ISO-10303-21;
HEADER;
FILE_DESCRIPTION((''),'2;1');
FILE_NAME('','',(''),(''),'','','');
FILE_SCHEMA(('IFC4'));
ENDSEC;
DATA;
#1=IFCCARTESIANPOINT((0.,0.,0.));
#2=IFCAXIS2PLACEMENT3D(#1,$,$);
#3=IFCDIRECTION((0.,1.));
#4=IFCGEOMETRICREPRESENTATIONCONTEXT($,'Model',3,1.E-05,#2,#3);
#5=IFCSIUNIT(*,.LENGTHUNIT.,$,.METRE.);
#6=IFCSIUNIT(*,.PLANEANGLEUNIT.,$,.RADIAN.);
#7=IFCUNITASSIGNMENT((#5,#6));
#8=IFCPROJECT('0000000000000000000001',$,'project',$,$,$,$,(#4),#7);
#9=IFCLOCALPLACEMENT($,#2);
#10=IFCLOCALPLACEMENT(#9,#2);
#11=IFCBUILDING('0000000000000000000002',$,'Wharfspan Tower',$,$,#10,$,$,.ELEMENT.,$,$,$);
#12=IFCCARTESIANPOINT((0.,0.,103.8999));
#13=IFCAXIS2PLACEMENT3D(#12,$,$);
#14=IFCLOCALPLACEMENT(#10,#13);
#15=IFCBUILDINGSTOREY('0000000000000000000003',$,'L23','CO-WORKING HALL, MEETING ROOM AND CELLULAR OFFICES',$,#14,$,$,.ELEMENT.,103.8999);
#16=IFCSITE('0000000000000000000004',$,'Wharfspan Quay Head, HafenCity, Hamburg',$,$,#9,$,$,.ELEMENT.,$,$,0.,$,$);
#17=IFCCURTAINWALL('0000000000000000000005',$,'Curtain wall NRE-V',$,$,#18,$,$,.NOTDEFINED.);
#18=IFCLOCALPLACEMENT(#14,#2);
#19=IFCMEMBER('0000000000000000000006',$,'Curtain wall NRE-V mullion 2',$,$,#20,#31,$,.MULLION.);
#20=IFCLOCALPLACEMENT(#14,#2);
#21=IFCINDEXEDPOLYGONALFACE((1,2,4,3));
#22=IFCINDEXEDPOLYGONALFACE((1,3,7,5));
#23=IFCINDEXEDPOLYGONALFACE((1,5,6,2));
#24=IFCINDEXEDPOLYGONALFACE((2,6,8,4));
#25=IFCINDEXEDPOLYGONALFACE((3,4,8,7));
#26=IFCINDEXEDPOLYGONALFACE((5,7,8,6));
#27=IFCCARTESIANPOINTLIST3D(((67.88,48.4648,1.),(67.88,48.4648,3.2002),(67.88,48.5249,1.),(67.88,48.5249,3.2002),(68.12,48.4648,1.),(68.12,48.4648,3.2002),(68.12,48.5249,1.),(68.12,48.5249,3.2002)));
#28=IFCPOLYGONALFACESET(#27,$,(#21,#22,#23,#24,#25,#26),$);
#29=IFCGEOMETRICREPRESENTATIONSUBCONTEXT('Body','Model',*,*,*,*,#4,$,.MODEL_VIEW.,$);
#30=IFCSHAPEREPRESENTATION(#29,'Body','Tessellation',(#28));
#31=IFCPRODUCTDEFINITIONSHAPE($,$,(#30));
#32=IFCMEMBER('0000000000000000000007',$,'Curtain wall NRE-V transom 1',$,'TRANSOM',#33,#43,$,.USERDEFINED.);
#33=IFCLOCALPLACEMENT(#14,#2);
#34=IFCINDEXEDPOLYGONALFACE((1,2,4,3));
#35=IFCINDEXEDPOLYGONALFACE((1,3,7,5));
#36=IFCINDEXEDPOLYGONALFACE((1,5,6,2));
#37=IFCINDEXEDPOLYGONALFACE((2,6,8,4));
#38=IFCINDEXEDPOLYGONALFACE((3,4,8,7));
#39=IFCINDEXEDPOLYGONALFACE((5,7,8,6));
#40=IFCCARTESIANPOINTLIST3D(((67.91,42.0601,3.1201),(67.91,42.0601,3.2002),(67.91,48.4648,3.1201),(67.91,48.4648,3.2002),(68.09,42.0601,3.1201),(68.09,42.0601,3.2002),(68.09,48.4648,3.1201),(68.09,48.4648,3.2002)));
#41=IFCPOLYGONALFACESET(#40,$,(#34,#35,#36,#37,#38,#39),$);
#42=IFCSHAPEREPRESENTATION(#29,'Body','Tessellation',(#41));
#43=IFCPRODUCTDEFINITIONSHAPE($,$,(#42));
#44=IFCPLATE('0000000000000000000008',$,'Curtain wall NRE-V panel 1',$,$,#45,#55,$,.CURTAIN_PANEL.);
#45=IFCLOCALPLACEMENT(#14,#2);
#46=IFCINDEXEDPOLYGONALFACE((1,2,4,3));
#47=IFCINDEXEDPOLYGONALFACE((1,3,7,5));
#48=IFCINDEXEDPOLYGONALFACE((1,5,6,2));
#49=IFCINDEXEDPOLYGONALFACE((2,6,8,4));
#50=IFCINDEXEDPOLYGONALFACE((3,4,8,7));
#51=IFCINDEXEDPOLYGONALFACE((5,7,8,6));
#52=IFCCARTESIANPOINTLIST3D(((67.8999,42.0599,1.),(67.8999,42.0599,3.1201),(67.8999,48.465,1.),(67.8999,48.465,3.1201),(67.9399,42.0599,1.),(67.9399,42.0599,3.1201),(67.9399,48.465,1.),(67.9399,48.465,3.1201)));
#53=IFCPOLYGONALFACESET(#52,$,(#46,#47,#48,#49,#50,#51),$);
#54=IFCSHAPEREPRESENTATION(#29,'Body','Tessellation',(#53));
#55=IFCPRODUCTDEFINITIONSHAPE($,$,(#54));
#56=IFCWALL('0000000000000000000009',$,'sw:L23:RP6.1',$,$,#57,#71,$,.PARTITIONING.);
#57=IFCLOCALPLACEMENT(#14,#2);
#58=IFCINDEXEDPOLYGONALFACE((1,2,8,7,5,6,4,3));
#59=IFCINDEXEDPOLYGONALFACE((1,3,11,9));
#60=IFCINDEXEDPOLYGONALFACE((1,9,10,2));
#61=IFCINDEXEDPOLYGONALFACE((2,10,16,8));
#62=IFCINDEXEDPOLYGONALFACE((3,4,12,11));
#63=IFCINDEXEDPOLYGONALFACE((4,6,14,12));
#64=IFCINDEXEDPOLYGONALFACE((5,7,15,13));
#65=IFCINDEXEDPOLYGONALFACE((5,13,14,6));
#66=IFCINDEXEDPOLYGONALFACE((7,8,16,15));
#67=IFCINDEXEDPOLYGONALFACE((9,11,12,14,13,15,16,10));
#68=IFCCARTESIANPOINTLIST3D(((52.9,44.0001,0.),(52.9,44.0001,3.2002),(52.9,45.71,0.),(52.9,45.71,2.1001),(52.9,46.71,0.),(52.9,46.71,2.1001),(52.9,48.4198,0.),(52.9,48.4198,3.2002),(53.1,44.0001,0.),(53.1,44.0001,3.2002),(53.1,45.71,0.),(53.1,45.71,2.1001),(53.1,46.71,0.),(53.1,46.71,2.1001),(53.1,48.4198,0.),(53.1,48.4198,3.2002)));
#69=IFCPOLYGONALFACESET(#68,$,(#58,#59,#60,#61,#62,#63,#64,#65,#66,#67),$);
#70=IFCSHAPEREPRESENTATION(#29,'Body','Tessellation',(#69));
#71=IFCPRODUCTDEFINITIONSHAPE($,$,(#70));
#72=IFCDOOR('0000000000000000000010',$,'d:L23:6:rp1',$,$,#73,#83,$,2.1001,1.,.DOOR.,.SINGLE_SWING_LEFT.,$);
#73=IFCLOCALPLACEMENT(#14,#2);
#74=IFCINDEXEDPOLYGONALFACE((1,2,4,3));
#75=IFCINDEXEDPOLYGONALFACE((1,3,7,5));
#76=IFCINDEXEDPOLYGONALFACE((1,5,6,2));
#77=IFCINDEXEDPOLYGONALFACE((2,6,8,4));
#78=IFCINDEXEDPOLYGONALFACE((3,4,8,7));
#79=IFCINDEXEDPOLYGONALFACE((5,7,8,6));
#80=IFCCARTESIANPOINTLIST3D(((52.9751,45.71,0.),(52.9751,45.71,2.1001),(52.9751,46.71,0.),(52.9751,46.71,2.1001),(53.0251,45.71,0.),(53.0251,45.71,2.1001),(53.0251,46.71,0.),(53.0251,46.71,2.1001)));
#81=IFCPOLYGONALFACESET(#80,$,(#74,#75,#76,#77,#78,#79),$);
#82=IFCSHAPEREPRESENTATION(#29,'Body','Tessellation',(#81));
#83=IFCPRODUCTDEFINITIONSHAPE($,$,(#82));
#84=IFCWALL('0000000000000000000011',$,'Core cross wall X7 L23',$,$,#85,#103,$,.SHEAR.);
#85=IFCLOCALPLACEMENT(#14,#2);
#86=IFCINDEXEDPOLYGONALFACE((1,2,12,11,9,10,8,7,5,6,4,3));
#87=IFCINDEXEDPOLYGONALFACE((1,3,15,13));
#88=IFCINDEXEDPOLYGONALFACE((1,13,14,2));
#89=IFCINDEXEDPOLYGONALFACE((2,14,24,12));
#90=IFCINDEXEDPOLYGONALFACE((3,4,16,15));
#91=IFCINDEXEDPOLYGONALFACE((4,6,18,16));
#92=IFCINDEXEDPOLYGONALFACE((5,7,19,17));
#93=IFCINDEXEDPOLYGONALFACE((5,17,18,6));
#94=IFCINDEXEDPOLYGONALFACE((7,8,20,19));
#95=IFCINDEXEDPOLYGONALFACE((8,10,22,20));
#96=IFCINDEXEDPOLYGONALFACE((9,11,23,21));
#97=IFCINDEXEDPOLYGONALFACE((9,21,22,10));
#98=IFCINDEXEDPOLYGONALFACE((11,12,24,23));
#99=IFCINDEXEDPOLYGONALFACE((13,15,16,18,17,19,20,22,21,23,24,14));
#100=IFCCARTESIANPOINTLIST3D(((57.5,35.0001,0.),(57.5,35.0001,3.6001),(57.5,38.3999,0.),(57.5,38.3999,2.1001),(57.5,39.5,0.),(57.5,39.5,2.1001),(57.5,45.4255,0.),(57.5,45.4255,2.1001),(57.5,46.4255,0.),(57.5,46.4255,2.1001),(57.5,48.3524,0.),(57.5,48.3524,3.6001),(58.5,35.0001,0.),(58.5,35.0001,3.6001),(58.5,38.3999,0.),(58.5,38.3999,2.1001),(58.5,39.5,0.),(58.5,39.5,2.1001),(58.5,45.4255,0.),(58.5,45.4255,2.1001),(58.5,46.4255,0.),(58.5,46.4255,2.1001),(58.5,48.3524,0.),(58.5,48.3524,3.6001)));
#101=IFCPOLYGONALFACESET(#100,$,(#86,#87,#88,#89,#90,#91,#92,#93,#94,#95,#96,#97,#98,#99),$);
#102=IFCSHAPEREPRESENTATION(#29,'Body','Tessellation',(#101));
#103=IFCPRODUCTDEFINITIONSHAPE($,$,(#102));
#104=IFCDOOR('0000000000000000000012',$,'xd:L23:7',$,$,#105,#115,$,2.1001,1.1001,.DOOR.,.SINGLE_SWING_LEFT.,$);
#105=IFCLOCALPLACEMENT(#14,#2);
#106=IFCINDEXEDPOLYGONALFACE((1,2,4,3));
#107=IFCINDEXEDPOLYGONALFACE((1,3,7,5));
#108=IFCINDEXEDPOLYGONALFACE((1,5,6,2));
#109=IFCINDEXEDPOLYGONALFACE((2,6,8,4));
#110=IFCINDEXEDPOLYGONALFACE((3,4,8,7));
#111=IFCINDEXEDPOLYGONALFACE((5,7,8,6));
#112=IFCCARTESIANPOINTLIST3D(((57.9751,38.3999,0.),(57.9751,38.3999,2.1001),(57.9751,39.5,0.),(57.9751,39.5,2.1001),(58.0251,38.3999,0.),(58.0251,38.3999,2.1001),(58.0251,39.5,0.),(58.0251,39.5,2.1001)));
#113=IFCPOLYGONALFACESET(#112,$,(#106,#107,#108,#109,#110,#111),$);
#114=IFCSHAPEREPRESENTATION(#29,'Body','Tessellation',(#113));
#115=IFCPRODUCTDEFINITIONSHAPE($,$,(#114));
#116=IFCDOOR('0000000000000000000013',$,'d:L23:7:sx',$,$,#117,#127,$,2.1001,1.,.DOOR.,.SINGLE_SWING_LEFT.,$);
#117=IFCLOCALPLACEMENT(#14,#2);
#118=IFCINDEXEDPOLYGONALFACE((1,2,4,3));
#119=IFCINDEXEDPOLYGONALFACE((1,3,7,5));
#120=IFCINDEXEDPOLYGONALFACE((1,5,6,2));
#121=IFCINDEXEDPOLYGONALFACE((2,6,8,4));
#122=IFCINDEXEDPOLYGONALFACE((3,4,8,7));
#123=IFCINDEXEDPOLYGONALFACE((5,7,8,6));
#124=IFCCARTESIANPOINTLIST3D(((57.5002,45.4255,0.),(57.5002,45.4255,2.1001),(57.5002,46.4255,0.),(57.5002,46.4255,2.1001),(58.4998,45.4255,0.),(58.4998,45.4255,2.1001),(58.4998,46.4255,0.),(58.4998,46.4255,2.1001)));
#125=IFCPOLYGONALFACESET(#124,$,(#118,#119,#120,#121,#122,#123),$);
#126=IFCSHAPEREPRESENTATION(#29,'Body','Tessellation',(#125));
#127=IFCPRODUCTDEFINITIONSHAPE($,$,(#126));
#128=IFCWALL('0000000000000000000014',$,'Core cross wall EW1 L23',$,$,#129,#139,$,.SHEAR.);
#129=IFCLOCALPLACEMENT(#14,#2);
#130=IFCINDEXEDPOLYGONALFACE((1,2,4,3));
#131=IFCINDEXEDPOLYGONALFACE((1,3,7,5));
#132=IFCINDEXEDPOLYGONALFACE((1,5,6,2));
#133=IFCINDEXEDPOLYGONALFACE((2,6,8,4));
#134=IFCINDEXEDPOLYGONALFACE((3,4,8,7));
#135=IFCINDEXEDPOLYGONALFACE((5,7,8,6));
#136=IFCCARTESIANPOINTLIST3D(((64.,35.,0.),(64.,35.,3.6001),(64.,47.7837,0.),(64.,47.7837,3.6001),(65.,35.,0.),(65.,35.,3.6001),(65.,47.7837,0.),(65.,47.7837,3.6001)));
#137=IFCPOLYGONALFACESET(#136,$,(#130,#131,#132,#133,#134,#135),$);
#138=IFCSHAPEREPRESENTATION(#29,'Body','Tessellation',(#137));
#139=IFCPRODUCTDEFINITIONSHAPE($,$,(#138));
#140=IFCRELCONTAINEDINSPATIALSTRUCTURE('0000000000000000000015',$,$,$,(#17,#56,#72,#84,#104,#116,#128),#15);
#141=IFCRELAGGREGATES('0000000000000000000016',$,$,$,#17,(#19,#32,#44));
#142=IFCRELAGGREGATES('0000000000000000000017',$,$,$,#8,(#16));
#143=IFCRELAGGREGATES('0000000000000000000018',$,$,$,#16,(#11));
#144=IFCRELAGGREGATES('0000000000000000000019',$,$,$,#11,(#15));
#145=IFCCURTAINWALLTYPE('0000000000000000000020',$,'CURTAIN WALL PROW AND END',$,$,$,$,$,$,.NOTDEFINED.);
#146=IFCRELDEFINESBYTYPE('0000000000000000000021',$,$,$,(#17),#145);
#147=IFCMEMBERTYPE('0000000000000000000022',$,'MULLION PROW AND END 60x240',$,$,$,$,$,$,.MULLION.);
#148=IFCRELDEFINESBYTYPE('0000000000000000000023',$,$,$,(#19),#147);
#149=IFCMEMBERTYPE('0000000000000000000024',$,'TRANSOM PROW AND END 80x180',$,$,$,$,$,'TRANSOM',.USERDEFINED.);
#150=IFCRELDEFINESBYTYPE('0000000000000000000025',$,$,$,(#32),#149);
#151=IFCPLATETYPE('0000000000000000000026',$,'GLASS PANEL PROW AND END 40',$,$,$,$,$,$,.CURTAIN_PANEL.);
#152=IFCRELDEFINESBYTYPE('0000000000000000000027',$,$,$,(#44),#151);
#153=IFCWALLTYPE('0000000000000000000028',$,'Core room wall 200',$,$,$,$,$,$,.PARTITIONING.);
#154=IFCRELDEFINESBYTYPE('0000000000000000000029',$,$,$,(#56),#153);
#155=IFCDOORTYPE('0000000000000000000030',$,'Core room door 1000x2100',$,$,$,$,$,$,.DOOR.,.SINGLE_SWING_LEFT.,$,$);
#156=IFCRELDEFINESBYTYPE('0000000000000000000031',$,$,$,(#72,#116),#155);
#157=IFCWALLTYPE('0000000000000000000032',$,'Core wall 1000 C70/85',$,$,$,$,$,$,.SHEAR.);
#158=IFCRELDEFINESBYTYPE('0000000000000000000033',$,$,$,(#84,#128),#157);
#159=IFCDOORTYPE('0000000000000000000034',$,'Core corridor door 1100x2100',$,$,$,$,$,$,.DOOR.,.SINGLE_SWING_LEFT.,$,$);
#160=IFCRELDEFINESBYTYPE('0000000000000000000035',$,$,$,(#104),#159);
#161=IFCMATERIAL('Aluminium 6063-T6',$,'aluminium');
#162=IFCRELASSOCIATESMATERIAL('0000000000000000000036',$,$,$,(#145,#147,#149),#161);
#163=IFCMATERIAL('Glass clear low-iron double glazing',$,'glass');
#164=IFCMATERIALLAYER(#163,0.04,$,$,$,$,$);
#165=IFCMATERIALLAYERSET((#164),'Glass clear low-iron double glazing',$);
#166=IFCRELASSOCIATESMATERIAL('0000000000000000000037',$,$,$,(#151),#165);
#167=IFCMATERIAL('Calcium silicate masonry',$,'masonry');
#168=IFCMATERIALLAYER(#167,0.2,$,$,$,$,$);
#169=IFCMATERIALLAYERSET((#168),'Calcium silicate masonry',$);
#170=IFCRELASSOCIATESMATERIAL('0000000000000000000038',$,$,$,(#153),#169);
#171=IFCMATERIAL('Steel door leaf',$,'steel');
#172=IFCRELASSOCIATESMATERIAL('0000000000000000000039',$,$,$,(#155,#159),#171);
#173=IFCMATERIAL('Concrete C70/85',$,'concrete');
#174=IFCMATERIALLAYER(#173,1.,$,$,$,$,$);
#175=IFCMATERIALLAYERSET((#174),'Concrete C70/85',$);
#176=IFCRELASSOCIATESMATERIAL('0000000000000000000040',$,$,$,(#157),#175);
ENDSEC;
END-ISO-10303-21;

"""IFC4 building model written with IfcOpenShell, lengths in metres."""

from ifc_helpers import new_model, si_unit, direction, frame, frame_2d, origin, origin_2d, place, context, subcontext, project, spatial, rectangle, extrude, material, layer, layer_set, material_profile, profile_set, type_object, element, fill, aggregate, save


model = new_model("IFC4")

# Units and contexts
model_context = context("Model", 3, precision=1e-05, world=origin(), true_north=direction((0.0, 1.0)))
body_context = subcontext(model_context, "Body", "Model", "MODEL_VIEW")
ifc_project = project(units=[si_unit("LENGTHUNIT", "METRE"), si_unit("PLANEANGLEUNIT", "RADIAN")], contexts=[model_context])

# Site, building, storey
site_placement = place(None, origin())
site = spatial("IfcSite", under=ifc_project, at=site_placement, Name="Wharfspan Quay Head, HafenCity, Hamburg", CompositionType="ELEMENT", RefElevation=0.0)
building_placement = place(site_placement, origin())
building = spatial("IfcBuilding", under=site, at=building_placement, Name="Wharfspan Tower", CompositionType="ELEMENT")
storey_placement = place(building_placement, frame((0.0, 0.0, 103.8999)))
storey = spatial("IfcBuildingStorey", under=building, at=storey_placement, Name="L23", Description="CO-WORKING HALL, MEETING ROOM AND CELLULAR OFFICES", CompositionType="ELEMENT", Elevation=103.8999)

# Shared definitions
ifc_material_1 = material(Name="Concrete C70/85", Category="concrete")

# Shared definitions
ifc_material_2 = material(Name="Aluminium 6063-T6", Category="aluminium")
curtain_wall_type = type_object("IfcCurtainWallType", Name="CURTAIN WALL PROW AND END", PredefinedType="NOTDEFINED", material=ifc_material_2)
ifc_material_profile_1 = material_profile(ifc_material_2, rectangle(XDim=0.24, YDim=0.0601, at=origin_2d()))
ifc_profile_set_1 = profile_set([ifc_material_profile_1], Name="Aluminium 6063-T6")
member_type_1 = type_object("IfcMemberType", Name="MULLION PROW AND END 60x240", PredefinedType="MULLION", material=ifc_profile_set_1)

# Curtain wall, members, plate
curtain_wall_1_placement = place(storey_placement, origin())
curtain_wall_1 = element("IfcCurtainWall", 1, at=curtain_wall_1_placement, inside=storey, type_object=curtain_wall_type, Name="Curtain wall NRE-V", PredefinedType="NOTDEFINED")
member_1_placement = place(storey_placement, frame((68.0, 48.4949, 1.0), z_axis=(0.0, 0.0, 1.0), x_axis=(-1.0, 0.0, 0.0)))
member_1 = element("IfcMember", 2, at=member_1_placement, type_object=member_type_1, Name="Curtain wall NRE-V mullion 2", PredefinedType="MULLION", context=body_context, shape_type="SweptSolid", body=[
    extrude(rectangle(XDim=0.24, YDim=0.0601, at=origin_2d()), origin(), (0.0, 0.0, 1.0), 2.2002),
])
ifc_material_profile_2 = material_profile(ifc_material_2, rectangle(XDim=0.1799, YDim=0.0801, at=origin_2d()))
ifc_profile_set_2 = profile_set([ifc_material_profile_2], Name="Aluminium 6063-T6")
member_type_2 = type_object("IfcMemberType", Name="TRANSOM PROW AND END 80x180", ElementType="TRANSOM", PredefinedType="USERDEFINED", material=ifc_profile_set_2)
member_2_placement = place(storey_placement, frame((68.0, 42.0601, 3.1602), z_axis=(0.0, 1.0, 0.0), x_axis=(-1.0, 0.0, 0.0)))
member_2 = element("IfcMember", 3, at=member_2_placement, type_object=member_type_2, Name="Curtain wall NRE-V transom 1", ObjectType="TRANSOM", PredefinedType="USERDEFINED", context=body_context, shape_type="SweptSolid", body=[
    extrude(rectangle(XDim=0.1799, YDim=0.0801, at=origin_2d()), origin(), (0.0, 0.0, 1.0), 6.4048),
])
ifc_material_3 = material(Name="Glass clear low-iron double glazing", Category="glass")
ifc_layer_1 = layer(ifc_material_3, 0.04)
ifc_layer_set_1 = layer_set([ifc_layer_1], Name="Glass clear low-iron double glazing")
plate_type = type_object("IfcPlateType", Name="GLASS PANEL PROW AND END 40", PredefinedType="CURTAIN_PANEL", material=ifc_layer_set_1)
plate_placement = place(storey_placement, frame((67.9199, 45.2625, 1.0), z_axis=(0.0, 0.0, 1.0), x_axis=(0.0, 1.0, 0.0)))
plate = element("IfcPlate", 4, at=plate_placement, type_object=plate_type, Name="Curtain wall NRE-V panel 1", PredefinedType="CURTAIN_PANEL", context=body_context, shape_type="SweptSolid", body=[
    extrude(rectangle(XDim=6.405, YDim=0.04, at=origin_2d()), origin(), (0.0, 0.0, 1.0), 2.1201),
])
aggregate(curtain_wall_1, [member_1, member_2, plate])

# Wall, opening, door
ifc_material_4 = material(Name="Calcium silicate masonry", Category="masonry")
ifc_layer_2 = layer(ifc_material_4, 0.2)
ifc_layer_set_2 = layer_set([ifc_layer_2], Name="Calcium silicate masonry")
wall_type_1 = type_object("IfcWallType", Name="Core room wall 200", PredefinedType="PARTITIONING", material=ifc_layer_set_2)
wall_1_placement = place(storey_placement, frame((53.0, 44.0, 0.0), z_axis=(0.0, 0.0, 1.0), x_axis=(0.0, 1.0, 0.0)))
wall_1 = element("IfcWall", 5, at=wall_1_placement, inside=storey, type_object=wall_type_1, Name="sw:L23:RP6.1", PredefinedType="PARTITIONING", context=body_context, shape_type="SweptSolid", body=[
    extrude(rectangle(XDim=4.4197, YDim=0.2, at=frame_2d((2.21, 0.0))), origin(), (0.0, 0.0, 1.0), 3.2002),
])
opening_1_placement = place(wall_1_placement, frame((1.71, 0.0, 0.0)))
opening_1 = element("IfcOpeningElement", 6, at=opening_1_placement, cuts=wall_1, PredefinedType="OPENING", context=body_context, shape_type="SweptSolid", body=[
    extrude(rectangle(XDim=1.0, YDim=2.1001, at=frame_2d((0.5, 1.05))), frame((0.0, 0.1099, 0.0), z_axis=(0.0, -1.0, 0.0), x_axis=(1.0, 0.0, 0.0)), (0.0, 0.0, 1.0), 0.22),
])
ifc_material_5 = material(Name="Steel door leaf", Category="steel")
door_type_1 = type_object("IfcDoorType", Name="Core room door 1000x2100", OperationType="SINGLE_SWING_LEFT", PredefinedType="DOOR", material=ifc_material_5)
door_1_placement = place(opening_1_placement, origin())
door_1 = element("IfcDoor", 7, at=door_1_placement, inside=storey, type_object=door_type_1, Name="d:L23:6:rp1", OperationType="SINGLE_SWING_LEFT", OverallHeight=2.1001, OverallWidth=1.0, PredefinedType="DOOR", context=body_context, shape_type="SweptSolid", body=[
    extrude(rectangle(XDim=1.0, YDim=2.1001, at=frame_2d((0.5, 1.05))), frame((0.0, 0.0249, 0.0), z_axis=(0.0, -1.0, 0.0), x_axis=(1.0, 0.0, 0.0)), (0.0, 0.0, 1.0), 0.05),
])
fill(opening_1, door_1)

# Wall, openings, doors
ifc_layer_3 = layer(ifc_material_1, 1.0)
ifc_layer_set_3 = layer_set([ifc_layer_3], Name="Concrete C70/85")
wall_type_2 = type_object("IfcWallType", Name="Core wall 1000 C70/85", PredefinedType="SHEAR", material=ifc_layer_set_3)
wall_2_placement = place(storey_placement, frame((58.0, 35.0, 0.0), z_axis=(0.0, 0.0, 1.0), x_axis=(0.0, 1.0, 0.0)))
wall_2 = element("IfcWall", 8, at=wall_2_placement, inside=storey, type_object=wall_type_2, Name="Core cross wall X7 L23", PredefinedType="SHEAR", context=body_context, shape_type="SweptSolid", body=[
    extrude(rectangle(XDim=13.3523, YDim=1.0, at=frame_2d((6.6763, 0.0))), origin(), (0.0, 0.0, 1.0), 3.6001),
])
opening_2_placement = place(wall_2_placement, frame((10.4255, 0.0, 0.0)))
opening_2 = element("IfcOpeningElement", 9, at=opening_2_placement, cuts=wall_2, PredefinedType="OPENING", context=body_context, shape_type="SweptSolid", body=[
    extrude(rectangle(XDim=1.0, YDim=2.1001, at=frame_2d((0.5, 1.05))), frame((0.0, 0.51, 0.0), z_axis=(0.0, -1.0, 0.0), x_axis=(1.0, 0.0, 0.0)), (0.0, 0.0, 1.0), 1.02),
])
opening_3_placement = place(wall_2_placement, frame((3.3999, 0.0, 0.0)))
opening_3 = element("IfcOpeningElement", 10, at=opening_3_placement, cuts=wall_2, PredefinedType="OPENING", context=body_context, shape_type="SweptSolid", body=[
    extrude(rectangle(XDim=1.1001, YDim=2.1001, at=frame_2d((0.55, 1.05))), frame((0.0, 0.51, 0.0), z_axis=(0.0, -1.0, 0.0), x_axis=(1.0, 0.0, 0.0)), (0.0, 0.0, 1.0), 1.02),
])
door_type_2 = type_object("IfcDoorType", Name="Core corridor door 1100x2100", OperationType="SINGLE_SWING_LEFT", PredefinedType="DOOR", material=ifc_material_5)
door_2_placement = place(opening_3_placement, origin())
door_2 = element("IfcDoor", 11, at=door_2_placement, inside=storey, type_object=door_type_2, Name="xd:L23:7", OperationType="SINGLE_SWING_LEFT", OverallHeight=2.1001, OverallWidth=1.1001, PredefinedType="DOOR", context=body_context, shape_type="SweptSolid", body=[
    extrude(rectangle(XDim=1.1001, YDim=2.1001, at=frame_2d((0.55, 1.05))), frame((0.0, 0.0249, 0.0), z_axis=(0.0, -1.0, 0.0), x_axis=(1.0, 0.0, 0.0)), (0.0, 0.0, 1.0), 0.05),
])
fill(opening_3, door_2)
door_3_placement = place(opening_2_placement, origin())
door_3 = element("IfcDoor", 12, at=door_3_placement, inside=storey, type_object=door_type_1, Name="d:L23:7:sx", OperationType="SINGLE_SWING_LEFT", OverallHeight=2.1001, OverallWidth=1.0, PredefinedType="DOOR", context=body_context, shape_type="SweptSolid", body=[
    extrude(rectangle(XDim=1.0, YDim=2.1001, at=frame_2d((0.5, 1.05))), frame((0.0, 0.4998, 0.0), z_axis=(0.0, -1.0, 0.0), x_axis=(1.0, 0.0, 0.0)), (0.0, 0.0, 1.0), 0.9995),
])
fill(opening_2, door_3)

# Wall
wall_3_placement = place(storey_placement, frame((64.5, 35.0, 0.0), z_axis=(0.0, 0.0, 1.0), x_axis=(0.0, 1.0, 0.0)))
element("IfcWall", 13, at=wall_3_placement, inside=storey, type_object=wall_type_2, Name="Core cross wall EW1 L23", PredefinedType="SHEAR", context=body_context, shape_type="SweptSolid", body=[
    extrude(rectangle(XDim=12.7837, YDim=1.0, at=frame_2d((6.3918, 0.0))), origin(), (0.0, 0.0, 1.0), 3.6001),
])

save(model, "model.ifc")
